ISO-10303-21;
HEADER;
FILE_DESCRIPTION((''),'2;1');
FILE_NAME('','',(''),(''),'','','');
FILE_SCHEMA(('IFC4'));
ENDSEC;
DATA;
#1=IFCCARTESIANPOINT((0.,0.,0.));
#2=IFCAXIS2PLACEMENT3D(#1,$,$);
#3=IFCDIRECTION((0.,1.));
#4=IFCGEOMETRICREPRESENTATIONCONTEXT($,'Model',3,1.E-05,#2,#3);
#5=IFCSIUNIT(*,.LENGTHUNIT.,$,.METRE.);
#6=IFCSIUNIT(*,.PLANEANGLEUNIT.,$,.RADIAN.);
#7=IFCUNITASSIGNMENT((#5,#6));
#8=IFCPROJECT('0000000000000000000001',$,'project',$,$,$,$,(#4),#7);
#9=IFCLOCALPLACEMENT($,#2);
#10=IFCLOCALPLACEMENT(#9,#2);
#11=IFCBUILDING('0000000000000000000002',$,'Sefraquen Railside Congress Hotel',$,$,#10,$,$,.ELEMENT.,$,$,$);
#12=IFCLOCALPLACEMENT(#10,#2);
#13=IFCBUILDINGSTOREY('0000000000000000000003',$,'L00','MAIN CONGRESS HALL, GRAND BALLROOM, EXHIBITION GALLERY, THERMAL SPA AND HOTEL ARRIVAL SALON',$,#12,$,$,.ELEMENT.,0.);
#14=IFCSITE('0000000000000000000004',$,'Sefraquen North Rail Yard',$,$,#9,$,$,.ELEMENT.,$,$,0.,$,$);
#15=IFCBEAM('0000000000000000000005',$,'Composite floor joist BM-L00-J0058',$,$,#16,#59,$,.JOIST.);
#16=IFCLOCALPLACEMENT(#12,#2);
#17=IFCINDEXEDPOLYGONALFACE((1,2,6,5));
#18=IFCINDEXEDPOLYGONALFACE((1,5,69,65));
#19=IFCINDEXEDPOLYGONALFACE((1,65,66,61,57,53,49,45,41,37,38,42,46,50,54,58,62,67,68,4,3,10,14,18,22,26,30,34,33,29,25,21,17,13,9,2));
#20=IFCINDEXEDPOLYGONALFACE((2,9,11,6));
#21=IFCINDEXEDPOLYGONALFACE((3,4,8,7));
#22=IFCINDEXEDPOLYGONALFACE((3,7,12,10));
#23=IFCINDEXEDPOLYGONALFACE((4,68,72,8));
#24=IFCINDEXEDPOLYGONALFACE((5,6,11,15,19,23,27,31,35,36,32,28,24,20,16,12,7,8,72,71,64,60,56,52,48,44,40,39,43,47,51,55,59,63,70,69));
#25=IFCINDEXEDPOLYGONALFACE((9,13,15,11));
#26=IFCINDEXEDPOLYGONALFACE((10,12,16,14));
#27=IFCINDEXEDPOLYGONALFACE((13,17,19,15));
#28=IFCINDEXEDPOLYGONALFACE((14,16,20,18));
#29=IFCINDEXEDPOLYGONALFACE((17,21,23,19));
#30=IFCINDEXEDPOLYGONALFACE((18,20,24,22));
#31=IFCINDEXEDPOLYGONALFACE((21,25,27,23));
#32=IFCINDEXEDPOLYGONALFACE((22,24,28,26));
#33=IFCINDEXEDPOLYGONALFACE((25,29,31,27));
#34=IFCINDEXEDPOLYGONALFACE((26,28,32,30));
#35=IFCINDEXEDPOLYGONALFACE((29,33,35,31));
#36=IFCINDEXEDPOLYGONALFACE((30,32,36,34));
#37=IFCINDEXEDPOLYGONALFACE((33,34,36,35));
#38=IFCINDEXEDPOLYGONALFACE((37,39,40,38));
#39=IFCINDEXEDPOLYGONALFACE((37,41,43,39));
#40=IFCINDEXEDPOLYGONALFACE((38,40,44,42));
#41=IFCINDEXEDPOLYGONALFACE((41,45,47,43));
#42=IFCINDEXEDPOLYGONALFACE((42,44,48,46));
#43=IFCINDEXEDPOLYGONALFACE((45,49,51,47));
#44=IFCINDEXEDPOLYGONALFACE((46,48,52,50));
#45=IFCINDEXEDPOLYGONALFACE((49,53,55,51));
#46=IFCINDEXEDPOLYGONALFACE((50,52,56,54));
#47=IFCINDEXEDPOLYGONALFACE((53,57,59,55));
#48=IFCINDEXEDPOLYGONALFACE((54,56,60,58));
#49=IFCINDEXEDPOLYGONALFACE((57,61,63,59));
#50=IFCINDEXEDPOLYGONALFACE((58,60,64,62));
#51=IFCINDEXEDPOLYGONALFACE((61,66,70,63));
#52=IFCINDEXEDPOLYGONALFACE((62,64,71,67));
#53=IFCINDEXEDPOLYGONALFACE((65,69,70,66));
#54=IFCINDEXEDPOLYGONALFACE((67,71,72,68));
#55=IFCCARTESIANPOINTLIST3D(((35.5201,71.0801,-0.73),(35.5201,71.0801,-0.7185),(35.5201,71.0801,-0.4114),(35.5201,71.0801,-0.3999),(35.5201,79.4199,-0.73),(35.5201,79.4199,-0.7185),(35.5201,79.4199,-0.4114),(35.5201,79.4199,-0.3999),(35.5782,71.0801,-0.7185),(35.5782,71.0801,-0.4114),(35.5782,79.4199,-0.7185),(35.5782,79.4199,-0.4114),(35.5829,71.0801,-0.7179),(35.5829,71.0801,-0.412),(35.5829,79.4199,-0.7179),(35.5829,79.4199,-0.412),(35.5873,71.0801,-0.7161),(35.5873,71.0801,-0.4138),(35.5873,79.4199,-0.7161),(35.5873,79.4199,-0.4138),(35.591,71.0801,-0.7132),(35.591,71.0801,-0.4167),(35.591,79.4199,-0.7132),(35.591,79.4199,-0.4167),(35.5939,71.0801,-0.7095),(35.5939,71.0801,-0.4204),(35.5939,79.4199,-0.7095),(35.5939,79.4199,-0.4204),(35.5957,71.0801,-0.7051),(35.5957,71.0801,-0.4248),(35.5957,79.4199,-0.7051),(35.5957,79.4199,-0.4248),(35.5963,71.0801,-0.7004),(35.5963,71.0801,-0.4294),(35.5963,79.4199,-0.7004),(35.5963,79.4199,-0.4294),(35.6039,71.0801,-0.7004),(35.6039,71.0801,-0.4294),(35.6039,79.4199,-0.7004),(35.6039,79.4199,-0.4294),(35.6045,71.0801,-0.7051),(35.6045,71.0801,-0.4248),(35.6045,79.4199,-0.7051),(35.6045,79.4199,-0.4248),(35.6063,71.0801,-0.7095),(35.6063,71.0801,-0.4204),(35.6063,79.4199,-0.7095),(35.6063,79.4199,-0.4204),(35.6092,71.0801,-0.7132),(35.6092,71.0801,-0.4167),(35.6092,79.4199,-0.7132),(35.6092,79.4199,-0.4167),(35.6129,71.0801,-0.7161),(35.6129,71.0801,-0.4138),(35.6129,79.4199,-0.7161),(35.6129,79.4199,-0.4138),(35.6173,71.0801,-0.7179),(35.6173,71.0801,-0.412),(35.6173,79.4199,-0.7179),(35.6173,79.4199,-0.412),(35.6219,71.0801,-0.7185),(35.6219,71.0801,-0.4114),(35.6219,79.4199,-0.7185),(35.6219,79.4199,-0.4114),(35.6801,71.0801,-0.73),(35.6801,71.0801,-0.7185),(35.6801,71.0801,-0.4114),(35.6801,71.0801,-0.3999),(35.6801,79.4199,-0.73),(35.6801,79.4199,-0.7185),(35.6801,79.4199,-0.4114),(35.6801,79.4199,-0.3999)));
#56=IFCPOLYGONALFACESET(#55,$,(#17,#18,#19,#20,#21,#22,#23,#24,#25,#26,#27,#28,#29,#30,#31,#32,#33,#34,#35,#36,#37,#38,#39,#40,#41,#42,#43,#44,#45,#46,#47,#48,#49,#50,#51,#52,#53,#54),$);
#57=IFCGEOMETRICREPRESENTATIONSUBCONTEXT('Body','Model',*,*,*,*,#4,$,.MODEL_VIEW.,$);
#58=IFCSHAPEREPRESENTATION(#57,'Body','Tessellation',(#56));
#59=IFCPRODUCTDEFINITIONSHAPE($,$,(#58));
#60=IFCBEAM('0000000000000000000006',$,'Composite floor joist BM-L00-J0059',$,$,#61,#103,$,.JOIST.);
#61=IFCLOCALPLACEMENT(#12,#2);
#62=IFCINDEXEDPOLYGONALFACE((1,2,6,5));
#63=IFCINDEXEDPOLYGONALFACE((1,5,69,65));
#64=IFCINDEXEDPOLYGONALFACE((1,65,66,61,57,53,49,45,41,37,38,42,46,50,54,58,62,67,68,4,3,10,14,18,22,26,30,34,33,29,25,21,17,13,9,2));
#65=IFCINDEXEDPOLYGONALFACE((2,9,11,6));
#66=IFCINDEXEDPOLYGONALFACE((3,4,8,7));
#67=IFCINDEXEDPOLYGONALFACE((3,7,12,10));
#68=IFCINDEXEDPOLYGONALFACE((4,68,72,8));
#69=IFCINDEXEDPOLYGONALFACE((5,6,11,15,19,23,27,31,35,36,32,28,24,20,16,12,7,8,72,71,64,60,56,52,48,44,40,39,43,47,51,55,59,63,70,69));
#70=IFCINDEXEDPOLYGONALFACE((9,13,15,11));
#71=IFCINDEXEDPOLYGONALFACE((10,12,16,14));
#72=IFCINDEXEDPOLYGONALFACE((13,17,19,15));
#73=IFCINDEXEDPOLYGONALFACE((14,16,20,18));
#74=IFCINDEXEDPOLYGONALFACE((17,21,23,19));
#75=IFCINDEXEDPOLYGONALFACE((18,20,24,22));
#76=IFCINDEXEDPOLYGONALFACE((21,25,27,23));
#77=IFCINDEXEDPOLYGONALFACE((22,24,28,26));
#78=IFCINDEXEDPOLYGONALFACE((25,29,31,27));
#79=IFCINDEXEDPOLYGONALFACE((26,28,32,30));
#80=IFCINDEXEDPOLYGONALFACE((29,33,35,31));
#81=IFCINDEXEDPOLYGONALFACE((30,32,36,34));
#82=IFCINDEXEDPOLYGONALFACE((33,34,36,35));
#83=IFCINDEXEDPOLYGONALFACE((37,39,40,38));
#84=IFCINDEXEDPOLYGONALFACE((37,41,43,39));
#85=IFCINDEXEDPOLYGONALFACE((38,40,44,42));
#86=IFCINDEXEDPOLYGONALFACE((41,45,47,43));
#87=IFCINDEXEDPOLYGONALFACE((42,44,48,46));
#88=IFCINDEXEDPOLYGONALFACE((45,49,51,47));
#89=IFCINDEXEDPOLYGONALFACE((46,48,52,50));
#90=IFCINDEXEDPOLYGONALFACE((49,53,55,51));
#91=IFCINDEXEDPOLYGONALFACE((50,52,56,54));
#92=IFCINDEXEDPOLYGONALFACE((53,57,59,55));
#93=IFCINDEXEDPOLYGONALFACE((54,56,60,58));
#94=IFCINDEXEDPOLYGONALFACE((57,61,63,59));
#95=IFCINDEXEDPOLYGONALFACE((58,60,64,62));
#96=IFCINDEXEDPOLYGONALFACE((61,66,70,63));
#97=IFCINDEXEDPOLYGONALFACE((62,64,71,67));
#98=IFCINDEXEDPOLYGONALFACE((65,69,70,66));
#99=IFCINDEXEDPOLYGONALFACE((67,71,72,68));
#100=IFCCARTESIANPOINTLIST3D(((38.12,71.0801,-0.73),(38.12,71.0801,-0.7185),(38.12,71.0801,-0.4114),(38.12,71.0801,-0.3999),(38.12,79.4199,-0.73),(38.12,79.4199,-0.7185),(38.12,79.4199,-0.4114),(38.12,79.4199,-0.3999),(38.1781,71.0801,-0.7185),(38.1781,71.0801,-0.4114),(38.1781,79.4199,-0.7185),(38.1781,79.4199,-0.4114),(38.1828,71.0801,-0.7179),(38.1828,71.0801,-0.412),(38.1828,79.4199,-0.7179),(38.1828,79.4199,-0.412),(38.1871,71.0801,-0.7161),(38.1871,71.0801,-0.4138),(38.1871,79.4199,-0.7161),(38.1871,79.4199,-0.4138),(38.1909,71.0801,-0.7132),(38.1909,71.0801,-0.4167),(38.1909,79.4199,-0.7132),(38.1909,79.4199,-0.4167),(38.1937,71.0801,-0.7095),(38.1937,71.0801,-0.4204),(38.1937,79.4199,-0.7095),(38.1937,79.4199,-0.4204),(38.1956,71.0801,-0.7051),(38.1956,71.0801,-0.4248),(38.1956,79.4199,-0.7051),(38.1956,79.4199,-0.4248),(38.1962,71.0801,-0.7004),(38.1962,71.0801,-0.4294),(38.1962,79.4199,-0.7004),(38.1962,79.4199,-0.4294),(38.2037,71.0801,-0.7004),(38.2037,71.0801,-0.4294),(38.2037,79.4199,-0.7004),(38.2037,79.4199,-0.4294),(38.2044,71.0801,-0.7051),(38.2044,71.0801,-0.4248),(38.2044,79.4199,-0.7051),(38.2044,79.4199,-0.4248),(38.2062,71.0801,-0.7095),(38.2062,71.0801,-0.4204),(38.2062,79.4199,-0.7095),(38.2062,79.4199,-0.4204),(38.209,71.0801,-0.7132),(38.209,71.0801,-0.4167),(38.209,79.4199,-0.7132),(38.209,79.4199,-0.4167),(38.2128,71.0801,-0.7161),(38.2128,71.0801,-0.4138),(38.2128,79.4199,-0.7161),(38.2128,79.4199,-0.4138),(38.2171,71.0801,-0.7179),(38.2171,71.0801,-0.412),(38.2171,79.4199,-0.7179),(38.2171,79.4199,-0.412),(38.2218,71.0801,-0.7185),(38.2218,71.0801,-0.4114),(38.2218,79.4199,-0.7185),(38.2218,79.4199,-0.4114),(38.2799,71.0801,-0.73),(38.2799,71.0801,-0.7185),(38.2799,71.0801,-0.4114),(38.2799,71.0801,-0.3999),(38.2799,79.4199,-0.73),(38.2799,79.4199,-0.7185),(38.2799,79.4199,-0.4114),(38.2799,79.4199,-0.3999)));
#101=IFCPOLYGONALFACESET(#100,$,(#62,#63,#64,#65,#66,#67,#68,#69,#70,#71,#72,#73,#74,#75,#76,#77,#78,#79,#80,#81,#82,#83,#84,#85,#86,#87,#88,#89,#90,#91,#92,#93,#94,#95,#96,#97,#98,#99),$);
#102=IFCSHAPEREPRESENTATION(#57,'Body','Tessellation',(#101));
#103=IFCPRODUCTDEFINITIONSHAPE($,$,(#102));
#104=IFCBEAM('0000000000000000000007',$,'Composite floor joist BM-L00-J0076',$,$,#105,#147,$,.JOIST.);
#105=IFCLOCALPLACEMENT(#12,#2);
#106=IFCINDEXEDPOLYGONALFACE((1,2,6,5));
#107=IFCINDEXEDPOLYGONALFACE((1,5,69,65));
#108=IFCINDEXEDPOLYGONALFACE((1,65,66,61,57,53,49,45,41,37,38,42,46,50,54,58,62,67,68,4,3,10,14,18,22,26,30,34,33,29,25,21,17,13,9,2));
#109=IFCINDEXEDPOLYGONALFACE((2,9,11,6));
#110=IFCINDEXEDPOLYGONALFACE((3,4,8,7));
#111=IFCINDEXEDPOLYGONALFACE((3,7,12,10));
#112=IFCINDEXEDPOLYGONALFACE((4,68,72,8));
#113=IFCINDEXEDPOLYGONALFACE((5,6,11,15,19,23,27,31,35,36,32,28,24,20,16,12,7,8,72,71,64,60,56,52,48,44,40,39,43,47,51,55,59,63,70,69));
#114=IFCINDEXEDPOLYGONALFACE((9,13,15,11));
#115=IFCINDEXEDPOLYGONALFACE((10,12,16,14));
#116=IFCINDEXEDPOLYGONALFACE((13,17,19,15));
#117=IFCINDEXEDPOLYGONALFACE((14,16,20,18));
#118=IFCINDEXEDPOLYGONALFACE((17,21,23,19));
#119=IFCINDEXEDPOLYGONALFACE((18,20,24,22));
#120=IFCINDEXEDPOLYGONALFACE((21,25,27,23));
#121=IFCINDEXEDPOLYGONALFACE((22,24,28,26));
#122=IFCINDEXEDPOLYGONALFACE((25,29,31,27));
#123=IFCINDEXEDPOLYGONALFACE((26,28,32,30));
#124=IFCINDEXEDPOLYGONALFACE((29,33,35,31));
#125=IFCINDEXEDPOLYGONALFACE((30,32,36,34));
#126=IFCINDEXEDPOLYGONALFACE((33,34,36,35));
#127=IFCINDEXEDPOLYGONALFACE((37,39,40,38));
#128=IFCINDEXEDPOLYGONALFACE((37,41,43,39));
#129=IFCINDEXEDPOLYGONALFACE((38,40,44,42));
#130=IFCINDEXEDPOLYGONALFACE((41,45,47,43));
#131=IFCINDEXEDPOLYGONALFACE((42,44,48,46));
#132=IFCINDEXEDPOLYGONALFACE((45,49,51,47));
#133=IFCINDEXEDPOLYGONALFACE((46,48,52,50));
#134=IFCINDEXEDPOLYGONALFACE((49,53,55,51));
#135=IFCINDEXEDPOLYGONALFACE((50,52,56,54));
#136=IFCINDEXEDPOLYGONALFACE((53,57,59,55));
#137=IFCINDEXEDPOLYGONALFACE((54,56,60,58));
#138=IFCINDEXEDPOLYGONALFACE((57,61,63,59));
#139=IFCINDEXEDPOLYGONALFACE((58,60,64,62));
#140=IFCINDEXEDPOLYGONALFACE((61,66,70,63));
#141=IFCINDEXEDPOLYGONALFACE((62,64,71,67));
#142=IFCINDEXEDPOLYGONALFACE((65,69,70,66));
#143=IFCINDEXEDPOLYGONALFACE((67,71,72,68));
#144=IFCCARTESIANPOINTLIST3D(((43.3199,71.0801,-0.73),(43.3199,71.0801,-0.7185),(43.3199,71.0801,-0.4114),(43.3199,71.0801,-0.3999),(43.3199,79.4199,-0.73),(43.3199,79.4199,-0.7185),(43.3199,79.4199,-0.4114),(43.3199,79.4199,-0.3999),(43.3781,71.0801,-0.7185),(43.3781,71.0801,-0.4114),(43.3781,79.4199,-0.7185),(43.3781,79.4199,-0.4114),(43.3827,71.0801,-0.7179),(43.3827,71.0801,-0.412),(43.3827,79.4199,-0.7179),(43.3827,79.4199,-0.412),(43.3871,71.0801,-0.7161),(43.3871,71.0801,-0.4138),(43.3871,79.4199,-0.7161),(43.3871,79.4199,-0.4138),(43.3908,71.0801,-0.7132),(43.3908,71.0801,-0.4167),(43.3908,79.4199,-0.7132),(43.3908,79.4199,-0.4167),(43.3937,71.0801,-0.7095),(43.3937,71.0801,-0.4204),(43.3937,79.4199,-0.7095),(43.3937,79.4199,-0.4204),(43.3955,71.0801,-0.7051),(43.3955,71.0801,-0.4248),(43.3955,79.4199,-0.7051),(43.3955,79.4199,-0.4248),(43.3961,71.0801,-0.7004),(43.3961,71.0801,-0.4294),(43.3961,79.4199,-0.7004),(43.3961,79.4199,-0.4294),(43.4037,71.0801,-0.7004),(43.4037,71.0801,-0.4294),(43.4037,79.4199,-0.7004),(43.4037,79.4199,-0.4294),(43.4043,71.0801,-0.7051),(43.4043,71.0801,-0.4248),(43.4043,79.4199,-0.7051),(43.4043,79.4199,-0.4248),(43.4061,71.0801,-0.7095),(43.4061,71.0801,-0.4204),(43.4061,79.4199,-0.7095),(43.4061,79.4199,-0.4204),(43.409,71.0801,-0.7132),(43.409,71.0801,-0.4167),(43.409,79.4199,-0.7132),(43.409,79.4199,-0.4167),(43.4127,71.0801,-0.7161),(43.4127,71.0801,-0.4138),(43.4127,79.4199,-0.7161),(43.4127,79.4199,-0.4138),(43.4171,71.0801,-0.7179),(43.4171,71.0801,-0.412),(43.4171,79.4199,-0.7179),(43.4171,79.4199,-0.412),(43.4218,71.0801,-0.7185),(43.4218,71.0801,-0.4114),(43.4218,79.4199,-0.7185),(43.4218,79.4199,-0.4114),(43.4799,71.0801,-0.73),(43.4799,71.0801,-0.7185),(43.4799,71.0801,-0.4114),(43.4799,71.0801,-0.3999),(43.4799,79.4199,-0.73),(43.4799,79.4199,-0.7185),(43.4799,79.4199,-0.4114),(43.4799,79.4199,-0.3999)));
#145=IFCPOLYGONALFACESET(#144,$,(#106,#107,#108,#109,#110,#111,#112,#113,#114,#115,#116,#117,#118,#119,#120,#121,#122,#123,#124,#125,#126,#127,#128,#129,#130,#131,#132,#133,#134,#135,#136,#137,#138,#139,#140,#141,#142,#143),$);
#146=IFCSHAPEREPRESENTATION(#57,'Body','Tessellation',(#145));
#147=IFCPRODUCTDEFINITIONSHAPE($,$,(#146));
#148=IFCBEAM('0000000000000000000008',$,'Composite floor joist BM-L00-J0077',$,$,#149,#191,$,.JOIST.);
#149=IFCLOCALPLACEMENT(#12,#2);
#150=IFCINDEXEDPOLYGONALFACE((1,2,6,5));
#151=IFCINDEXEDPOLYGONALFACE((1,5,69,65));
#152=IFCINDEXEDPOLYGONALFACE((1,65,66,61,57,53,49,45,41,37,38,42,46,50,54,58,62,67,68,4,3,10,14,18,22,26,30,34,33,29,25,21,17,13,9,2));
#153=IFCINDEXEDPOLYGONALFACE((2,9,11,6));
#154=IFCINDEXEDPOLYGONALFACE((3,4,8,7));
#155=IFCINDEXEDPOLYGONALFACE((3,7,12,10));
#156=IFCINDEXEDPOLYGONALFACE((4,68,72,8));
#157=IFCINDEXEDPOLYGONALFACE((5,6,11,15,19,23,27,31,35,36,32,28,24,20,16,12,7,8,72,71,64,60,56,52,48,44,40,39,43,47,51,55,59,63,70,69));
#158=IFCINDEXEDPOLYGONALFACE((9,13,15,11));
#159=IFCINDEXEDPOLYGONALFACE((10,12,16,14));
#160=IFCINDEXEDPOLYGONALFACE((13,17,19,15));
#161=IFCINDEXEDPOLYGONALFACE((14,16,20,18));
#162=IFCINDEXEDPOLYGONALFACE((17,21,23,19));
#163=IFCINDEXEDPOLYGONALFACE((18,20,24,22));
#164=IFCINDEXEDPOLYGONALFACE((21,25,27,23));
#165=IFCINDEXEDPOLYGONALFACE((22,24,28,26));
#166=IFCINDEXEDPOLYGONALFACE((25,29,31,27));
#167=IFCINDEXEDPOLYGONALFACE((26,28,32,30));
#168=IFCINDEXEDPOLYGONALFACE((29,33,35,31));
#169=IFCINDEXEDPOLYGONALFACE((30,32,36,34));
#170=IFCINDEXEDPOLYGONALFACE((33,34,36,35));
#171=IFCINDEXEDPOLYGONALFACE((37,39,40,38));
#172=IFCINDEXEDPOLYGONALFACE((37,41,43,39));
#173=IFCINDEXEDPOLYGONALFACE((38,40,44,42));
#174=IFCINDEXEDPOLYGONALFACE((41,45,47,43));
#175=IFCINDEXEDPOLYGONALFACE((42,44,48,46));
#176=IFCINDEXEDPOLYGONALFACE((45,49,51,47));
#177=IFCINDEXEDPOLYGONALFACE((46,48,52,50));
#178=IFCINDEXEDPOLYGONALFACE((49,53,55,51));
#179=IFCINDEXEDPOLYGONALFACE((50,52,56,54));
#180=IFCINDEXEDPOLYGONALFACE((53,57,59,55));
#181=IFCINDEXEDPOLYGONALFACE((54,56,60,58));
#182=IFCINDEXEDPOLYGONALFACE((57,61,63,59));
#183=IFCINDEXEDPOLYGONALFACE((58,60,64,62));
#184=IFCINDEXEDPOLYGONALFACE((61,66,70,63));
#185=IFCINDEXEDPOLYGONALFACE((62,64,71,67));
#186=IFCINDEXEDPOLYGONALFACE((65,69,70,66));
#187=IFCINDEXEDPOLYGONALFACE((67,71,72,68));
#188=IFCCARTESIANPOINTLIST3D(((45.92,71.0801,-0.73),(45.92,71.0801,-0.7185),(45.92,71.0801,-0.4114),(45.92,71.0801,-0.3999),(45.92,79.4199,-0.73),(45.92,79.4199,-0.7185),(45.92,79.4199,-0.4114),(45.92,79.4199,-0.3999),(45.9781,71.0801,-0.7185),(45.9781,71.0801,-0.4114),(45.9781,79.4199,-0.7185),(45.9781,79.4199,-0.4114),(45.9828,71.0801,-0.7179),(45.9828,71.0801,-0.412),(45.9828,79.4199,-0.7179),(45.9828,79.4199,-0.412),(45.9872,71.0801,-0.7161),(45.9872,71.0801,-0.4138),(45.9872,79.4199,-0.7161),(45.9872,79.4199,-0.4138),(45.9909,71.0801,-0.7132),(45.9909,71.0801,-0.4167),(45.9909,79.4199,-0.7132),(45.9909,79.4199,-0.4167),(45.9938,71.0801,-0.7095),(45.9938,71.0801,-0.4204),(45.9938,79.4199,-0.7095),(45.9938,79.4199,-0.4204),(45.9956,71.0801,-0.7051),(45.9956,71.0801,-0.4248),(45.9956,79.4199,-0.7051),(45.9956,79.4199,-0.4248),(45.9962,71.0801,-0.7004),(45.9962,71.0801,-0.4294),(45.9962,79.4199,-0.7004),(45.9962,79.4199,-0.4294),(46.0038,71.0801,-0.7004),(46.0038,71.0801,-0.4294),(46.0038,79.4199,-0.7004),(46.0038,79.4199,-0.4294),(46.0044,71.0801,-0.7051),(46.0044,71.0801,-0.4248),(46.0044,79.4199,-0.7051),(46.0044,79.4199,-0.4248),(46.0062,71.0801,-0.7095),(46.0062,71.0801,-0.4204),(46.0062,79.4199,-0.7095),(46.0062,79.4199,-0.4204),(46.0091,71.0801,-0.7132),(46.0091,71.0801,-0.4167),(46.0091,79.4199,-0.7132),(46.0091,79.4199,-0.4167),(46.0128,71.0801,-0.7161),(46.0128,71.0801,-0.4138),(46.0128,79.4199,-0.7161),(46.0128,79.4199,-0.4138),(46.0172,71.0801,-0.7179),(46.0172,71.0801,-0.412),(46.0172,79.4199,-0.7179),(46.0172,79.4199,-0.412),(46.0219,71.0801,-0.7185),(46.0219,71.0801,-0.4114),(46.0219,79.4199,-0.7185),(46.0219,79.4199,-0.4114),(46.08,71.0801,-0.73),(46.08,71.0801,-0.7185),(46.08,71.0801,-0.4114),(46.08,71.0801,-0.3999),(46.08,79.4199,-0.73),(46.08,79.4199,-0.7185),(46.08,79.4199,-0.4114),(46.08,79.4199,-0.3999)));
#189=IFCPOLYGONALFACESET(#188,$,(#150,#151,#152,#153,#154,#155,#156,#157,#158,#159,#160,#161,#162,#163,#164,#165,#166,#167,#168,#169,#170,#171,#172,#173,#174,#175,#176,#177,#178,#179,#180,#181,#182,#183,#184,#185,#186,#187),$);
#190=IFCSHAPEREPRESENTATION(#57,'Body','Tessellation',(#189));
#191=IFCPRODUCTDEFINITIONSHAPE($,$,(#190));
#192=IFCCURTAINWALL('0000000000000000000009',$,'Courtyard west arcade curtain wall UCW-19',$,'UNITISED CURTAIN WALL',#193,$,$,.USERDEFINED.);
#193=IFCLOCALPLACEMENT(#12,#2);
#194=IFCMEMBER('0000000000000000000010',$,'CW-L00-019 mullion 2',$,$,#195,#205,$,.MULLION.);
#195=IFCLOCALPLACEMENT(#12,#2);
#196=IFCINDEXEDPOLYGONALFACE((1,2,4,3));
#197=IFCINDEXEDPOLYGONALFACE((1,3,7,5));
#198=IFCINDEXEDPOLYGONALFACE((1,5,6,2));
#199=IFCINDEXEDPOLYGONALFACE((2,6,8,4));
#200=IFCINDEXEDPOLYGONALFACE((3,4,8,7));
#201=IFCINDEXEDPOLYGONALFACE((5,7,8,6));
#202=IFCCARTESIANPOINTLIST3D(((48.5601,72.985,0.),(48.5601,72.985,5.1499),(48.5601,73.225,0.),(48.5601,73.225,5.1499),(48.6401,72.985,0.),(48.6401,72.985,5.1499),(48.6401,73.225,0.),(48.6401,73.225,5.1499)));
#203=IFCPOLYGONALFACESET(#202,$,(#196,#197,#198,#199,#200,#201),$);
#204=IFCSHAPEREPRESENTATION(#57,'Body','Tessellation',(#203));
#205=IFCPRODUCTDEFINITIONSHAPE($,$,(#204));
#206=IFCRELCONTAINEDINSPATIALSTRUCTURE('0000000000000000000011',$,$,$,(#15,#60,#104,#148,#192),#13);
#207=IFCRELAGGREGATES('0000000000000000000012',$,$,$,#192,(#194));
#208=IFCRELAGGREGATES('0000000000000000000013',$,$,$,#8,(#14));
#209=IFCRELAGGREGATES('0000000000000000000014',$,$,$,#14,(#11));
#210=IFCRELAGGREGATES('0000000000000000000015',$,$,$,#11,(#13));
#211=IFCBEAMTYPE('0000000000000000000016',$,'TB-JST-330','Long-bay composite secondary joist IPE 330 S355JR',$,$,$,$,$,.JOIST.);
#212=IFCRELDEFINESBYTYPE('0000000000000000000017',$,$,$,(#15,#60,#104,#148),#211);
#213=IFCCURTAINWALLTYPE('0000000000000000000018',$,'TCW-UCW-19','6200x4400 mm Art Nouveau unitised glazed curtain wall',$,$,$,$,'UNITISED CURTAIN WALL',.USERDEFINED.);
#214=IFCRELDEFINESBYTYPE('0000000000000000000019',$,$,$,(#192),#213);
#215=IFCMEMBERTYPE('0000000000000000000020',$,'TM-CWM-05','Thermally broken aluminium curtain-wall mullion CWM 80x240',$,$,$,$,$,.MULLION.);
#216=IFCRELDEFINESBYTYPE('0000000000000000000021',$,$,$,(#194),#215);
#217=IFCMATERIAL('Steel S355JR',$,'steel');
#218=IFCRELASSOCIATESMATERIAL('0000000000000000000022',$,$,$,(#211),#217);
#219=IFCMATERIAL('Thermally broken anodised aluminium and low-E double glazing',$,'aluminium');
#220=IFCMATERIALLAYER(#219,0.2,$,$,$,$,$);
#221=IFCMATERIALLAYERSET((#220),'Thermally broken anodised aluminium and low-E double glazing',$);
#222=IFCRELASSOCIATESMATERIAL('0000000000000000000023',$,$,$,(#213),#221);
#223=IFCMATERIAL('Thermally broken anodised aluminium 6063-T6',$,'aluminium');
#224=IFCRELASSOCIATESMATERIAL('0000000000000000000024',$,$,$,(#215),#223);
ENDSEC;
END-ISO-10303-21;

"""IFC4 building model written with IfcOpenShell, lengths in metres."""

from ifc_helpers import new_model, si_unit, direction, frame, origin, origin_2d, place, context, subcontext, project, spatial, rectangle, i_section, extrude, material, layer, layer_set, material_profile, profile_set, type_object, element, aggregate, save


model = new_model("IFC4")

# Units and contexts
model_context = context("Model", 3, precision=1e-05, world=origin(), true_north=direction((0.0, 1.0)))
body_context = subcontext(model_context, "Body", "Model", "MODEL_VIEW")
ifc_project = project(units=[si_unit("LENGTHUNIT", "METRE"), si_unit("PLANEANGLEUNIT", "RADIAN")], contexts=[model_context])

# Site, building, storey
site_placement = place(None, origin())
site = spatial("IfcSite", under=ifc_project, at=site_placement, Name="Sefraquen North Rail Yard", CompositionType="ELEMENT", RefElevation=0.0)
building_placement = place(site_placement, origin())
building = spatial("IfcBuilding", under=site, at=building_placement, Name="Sefraquen Railside Congress Hotel", CompositionType="ELEMENT")
storey_placement = place(building_placement, origin())
storey = spatial("IfcBuildingStorey", under=building, at=storey_placement, Name="L00", Description="MAIN CONGRESS HALL, GRAND BALLROOM, EXHIBITION GALLERY, THERMAL SPA AND HOTEL ARRIVAL SALON", CompositionType="ELEMENT", Elevation=0.0)

# Shared definitions
ifc_material_1 = material(Name="Steel S355JR", Category="steel")

# Beams
ifc_material_profile_1 = material_profile(ifc_material_1, i_section(OverallWidth=0.1599, OverallDepth=0.3301, WebThickness=0.0076, FlangeThickness=0.0115, FilletRadius=0.0181, at=origin_2d()), Name="IPE 330")
ifc_profile_set_1 = profile_set([ifc_material_profile_1], Name="Steel S355JR")
beam_type_1 = type_object("IfcBeamType", Name="TB-JST-330", Description="Long-bay composite secondary joist IPE 330 S355JR", PredefinedType="JOIST", material=ifc_profile_set_1)
for number, where, z_axis, x_axis, name in (
    (1, (35.6001, 71.0801, -0.5649), (0.0, 1.0, 0.0), (-1.0, 0.0, 0.0), "Composite floor joist BM-L00-J0058"),
    (2, (38.2, 71.0801, -0.5649), (0.0, 1.0, 0.0), (-1.0, 0.0, 0.0), "Composite floor joist BM-L00-J0059"),
    (3, (43.3999, 71.0801, -0.5649), (0.0, 1.0, 0.0), (-1.0, 0.0, 0.0), "Composite floor joist BM-L00-J0076"),
    (4, (46.0, 71.0801, -0.5649), (0.0, 1.0, 0.0), (-1.0, 0.0, 0.0), "Composite floor joist BM-L00-J0077"),
):
    element("IfcBeam", number, at=place(storey_placement, frame(where, z_axis=z_axis, x_axis=x_axis)), inside=storey, type_object=beam_type_1, Name=name, PredefinedType="JOIST", context=body_context, shape_type="SweptSolid", body=[
        extrude(i_section(OverallWidth=0.1599, OverallDepth=0.3301, WebThickness=0.0076, FlangeThickness=0.0115, FilletRadius=0.0181, at=origin_2d()), origin(), (0.0, 0.0, 1.0), 8.3398),
    ])

# Curtain wall, member
ifc_material_2 = material(Name="Thermally broken anodised aluminium and low-E double glazing", Category="aluminium")
ifc_layer_1 = layer(ifc_material_2, 0.2)
ifc_layer_set_1 = layer_set([ifc_layer_1], Name="Thermally broken anodised aluminium and low-E double glazing")
curtain_wall_type = type_object("IfcCurtainWallType", Name="TCW-UCW-19", Description="6200x4400 mm Art Nouveau unitised glazed curtain wall", ElementType="UNITISED CURTAIN WALL", PredefinedType="USERDEFINED", material=ifc_layer_set_1)
curtain_wall_1_placement = place(storey_placement, origin())
curtain_wall_1 = element("IfcCurtainWall", 5, at=curtain_wall_1_placement, inside=storey, type_object=curtain_wall_type, Name="Courtyard west arcade curtain wall UCW-19", ObjectType="UNITISED CURTAIN WALL", PredefinedType="USERDEFINED")
ifc_material_3 = material(Name="Thermally broken anodised aluminium 6063-T6", Category="aluminium")
ifc_material_profile_2 = material_profile(ifc_material_3, rectangle(XDim=0.0801, YDim=0.24, at=origin_2d()), Name="CWM 80x240")
ifc_profile_set_2 = profile_set([ifc_material_profile_2], Name="Thermally broken anodised aluminium 6063-T6")
member_type_1 = type_object("IfcMemberType", Name="TM-CWM-05", Description="Thermally broken aluminium curtain-wall mullion CWM 80x240", PredefinedType="MULLION", material=ifc_profile_set_2)
member_1_placement = place(storey_placement, frame((48.6001, 73.105, 0.0), z_axis=(0.0, 0.0, 1.0), x_axis=(1.0, 0.0, 0.0)))
member_1 = element("IfcMember", 6, at=member_1_placement, type_object=member_type_1, Name="CW-L00-019 mullion 2", PredefinedType="MULLION", context=body_context, shape_type="SweptSolid", body=[
    extrude(rectangle(XDim=0.0801, YDim=0.24, at=origin_2d()), origin(), (0.0, 0.0, 1.0), 5.1499),
])

aggregate(curtain_wall_1, [member_1])

save(model, "model.ifc")
